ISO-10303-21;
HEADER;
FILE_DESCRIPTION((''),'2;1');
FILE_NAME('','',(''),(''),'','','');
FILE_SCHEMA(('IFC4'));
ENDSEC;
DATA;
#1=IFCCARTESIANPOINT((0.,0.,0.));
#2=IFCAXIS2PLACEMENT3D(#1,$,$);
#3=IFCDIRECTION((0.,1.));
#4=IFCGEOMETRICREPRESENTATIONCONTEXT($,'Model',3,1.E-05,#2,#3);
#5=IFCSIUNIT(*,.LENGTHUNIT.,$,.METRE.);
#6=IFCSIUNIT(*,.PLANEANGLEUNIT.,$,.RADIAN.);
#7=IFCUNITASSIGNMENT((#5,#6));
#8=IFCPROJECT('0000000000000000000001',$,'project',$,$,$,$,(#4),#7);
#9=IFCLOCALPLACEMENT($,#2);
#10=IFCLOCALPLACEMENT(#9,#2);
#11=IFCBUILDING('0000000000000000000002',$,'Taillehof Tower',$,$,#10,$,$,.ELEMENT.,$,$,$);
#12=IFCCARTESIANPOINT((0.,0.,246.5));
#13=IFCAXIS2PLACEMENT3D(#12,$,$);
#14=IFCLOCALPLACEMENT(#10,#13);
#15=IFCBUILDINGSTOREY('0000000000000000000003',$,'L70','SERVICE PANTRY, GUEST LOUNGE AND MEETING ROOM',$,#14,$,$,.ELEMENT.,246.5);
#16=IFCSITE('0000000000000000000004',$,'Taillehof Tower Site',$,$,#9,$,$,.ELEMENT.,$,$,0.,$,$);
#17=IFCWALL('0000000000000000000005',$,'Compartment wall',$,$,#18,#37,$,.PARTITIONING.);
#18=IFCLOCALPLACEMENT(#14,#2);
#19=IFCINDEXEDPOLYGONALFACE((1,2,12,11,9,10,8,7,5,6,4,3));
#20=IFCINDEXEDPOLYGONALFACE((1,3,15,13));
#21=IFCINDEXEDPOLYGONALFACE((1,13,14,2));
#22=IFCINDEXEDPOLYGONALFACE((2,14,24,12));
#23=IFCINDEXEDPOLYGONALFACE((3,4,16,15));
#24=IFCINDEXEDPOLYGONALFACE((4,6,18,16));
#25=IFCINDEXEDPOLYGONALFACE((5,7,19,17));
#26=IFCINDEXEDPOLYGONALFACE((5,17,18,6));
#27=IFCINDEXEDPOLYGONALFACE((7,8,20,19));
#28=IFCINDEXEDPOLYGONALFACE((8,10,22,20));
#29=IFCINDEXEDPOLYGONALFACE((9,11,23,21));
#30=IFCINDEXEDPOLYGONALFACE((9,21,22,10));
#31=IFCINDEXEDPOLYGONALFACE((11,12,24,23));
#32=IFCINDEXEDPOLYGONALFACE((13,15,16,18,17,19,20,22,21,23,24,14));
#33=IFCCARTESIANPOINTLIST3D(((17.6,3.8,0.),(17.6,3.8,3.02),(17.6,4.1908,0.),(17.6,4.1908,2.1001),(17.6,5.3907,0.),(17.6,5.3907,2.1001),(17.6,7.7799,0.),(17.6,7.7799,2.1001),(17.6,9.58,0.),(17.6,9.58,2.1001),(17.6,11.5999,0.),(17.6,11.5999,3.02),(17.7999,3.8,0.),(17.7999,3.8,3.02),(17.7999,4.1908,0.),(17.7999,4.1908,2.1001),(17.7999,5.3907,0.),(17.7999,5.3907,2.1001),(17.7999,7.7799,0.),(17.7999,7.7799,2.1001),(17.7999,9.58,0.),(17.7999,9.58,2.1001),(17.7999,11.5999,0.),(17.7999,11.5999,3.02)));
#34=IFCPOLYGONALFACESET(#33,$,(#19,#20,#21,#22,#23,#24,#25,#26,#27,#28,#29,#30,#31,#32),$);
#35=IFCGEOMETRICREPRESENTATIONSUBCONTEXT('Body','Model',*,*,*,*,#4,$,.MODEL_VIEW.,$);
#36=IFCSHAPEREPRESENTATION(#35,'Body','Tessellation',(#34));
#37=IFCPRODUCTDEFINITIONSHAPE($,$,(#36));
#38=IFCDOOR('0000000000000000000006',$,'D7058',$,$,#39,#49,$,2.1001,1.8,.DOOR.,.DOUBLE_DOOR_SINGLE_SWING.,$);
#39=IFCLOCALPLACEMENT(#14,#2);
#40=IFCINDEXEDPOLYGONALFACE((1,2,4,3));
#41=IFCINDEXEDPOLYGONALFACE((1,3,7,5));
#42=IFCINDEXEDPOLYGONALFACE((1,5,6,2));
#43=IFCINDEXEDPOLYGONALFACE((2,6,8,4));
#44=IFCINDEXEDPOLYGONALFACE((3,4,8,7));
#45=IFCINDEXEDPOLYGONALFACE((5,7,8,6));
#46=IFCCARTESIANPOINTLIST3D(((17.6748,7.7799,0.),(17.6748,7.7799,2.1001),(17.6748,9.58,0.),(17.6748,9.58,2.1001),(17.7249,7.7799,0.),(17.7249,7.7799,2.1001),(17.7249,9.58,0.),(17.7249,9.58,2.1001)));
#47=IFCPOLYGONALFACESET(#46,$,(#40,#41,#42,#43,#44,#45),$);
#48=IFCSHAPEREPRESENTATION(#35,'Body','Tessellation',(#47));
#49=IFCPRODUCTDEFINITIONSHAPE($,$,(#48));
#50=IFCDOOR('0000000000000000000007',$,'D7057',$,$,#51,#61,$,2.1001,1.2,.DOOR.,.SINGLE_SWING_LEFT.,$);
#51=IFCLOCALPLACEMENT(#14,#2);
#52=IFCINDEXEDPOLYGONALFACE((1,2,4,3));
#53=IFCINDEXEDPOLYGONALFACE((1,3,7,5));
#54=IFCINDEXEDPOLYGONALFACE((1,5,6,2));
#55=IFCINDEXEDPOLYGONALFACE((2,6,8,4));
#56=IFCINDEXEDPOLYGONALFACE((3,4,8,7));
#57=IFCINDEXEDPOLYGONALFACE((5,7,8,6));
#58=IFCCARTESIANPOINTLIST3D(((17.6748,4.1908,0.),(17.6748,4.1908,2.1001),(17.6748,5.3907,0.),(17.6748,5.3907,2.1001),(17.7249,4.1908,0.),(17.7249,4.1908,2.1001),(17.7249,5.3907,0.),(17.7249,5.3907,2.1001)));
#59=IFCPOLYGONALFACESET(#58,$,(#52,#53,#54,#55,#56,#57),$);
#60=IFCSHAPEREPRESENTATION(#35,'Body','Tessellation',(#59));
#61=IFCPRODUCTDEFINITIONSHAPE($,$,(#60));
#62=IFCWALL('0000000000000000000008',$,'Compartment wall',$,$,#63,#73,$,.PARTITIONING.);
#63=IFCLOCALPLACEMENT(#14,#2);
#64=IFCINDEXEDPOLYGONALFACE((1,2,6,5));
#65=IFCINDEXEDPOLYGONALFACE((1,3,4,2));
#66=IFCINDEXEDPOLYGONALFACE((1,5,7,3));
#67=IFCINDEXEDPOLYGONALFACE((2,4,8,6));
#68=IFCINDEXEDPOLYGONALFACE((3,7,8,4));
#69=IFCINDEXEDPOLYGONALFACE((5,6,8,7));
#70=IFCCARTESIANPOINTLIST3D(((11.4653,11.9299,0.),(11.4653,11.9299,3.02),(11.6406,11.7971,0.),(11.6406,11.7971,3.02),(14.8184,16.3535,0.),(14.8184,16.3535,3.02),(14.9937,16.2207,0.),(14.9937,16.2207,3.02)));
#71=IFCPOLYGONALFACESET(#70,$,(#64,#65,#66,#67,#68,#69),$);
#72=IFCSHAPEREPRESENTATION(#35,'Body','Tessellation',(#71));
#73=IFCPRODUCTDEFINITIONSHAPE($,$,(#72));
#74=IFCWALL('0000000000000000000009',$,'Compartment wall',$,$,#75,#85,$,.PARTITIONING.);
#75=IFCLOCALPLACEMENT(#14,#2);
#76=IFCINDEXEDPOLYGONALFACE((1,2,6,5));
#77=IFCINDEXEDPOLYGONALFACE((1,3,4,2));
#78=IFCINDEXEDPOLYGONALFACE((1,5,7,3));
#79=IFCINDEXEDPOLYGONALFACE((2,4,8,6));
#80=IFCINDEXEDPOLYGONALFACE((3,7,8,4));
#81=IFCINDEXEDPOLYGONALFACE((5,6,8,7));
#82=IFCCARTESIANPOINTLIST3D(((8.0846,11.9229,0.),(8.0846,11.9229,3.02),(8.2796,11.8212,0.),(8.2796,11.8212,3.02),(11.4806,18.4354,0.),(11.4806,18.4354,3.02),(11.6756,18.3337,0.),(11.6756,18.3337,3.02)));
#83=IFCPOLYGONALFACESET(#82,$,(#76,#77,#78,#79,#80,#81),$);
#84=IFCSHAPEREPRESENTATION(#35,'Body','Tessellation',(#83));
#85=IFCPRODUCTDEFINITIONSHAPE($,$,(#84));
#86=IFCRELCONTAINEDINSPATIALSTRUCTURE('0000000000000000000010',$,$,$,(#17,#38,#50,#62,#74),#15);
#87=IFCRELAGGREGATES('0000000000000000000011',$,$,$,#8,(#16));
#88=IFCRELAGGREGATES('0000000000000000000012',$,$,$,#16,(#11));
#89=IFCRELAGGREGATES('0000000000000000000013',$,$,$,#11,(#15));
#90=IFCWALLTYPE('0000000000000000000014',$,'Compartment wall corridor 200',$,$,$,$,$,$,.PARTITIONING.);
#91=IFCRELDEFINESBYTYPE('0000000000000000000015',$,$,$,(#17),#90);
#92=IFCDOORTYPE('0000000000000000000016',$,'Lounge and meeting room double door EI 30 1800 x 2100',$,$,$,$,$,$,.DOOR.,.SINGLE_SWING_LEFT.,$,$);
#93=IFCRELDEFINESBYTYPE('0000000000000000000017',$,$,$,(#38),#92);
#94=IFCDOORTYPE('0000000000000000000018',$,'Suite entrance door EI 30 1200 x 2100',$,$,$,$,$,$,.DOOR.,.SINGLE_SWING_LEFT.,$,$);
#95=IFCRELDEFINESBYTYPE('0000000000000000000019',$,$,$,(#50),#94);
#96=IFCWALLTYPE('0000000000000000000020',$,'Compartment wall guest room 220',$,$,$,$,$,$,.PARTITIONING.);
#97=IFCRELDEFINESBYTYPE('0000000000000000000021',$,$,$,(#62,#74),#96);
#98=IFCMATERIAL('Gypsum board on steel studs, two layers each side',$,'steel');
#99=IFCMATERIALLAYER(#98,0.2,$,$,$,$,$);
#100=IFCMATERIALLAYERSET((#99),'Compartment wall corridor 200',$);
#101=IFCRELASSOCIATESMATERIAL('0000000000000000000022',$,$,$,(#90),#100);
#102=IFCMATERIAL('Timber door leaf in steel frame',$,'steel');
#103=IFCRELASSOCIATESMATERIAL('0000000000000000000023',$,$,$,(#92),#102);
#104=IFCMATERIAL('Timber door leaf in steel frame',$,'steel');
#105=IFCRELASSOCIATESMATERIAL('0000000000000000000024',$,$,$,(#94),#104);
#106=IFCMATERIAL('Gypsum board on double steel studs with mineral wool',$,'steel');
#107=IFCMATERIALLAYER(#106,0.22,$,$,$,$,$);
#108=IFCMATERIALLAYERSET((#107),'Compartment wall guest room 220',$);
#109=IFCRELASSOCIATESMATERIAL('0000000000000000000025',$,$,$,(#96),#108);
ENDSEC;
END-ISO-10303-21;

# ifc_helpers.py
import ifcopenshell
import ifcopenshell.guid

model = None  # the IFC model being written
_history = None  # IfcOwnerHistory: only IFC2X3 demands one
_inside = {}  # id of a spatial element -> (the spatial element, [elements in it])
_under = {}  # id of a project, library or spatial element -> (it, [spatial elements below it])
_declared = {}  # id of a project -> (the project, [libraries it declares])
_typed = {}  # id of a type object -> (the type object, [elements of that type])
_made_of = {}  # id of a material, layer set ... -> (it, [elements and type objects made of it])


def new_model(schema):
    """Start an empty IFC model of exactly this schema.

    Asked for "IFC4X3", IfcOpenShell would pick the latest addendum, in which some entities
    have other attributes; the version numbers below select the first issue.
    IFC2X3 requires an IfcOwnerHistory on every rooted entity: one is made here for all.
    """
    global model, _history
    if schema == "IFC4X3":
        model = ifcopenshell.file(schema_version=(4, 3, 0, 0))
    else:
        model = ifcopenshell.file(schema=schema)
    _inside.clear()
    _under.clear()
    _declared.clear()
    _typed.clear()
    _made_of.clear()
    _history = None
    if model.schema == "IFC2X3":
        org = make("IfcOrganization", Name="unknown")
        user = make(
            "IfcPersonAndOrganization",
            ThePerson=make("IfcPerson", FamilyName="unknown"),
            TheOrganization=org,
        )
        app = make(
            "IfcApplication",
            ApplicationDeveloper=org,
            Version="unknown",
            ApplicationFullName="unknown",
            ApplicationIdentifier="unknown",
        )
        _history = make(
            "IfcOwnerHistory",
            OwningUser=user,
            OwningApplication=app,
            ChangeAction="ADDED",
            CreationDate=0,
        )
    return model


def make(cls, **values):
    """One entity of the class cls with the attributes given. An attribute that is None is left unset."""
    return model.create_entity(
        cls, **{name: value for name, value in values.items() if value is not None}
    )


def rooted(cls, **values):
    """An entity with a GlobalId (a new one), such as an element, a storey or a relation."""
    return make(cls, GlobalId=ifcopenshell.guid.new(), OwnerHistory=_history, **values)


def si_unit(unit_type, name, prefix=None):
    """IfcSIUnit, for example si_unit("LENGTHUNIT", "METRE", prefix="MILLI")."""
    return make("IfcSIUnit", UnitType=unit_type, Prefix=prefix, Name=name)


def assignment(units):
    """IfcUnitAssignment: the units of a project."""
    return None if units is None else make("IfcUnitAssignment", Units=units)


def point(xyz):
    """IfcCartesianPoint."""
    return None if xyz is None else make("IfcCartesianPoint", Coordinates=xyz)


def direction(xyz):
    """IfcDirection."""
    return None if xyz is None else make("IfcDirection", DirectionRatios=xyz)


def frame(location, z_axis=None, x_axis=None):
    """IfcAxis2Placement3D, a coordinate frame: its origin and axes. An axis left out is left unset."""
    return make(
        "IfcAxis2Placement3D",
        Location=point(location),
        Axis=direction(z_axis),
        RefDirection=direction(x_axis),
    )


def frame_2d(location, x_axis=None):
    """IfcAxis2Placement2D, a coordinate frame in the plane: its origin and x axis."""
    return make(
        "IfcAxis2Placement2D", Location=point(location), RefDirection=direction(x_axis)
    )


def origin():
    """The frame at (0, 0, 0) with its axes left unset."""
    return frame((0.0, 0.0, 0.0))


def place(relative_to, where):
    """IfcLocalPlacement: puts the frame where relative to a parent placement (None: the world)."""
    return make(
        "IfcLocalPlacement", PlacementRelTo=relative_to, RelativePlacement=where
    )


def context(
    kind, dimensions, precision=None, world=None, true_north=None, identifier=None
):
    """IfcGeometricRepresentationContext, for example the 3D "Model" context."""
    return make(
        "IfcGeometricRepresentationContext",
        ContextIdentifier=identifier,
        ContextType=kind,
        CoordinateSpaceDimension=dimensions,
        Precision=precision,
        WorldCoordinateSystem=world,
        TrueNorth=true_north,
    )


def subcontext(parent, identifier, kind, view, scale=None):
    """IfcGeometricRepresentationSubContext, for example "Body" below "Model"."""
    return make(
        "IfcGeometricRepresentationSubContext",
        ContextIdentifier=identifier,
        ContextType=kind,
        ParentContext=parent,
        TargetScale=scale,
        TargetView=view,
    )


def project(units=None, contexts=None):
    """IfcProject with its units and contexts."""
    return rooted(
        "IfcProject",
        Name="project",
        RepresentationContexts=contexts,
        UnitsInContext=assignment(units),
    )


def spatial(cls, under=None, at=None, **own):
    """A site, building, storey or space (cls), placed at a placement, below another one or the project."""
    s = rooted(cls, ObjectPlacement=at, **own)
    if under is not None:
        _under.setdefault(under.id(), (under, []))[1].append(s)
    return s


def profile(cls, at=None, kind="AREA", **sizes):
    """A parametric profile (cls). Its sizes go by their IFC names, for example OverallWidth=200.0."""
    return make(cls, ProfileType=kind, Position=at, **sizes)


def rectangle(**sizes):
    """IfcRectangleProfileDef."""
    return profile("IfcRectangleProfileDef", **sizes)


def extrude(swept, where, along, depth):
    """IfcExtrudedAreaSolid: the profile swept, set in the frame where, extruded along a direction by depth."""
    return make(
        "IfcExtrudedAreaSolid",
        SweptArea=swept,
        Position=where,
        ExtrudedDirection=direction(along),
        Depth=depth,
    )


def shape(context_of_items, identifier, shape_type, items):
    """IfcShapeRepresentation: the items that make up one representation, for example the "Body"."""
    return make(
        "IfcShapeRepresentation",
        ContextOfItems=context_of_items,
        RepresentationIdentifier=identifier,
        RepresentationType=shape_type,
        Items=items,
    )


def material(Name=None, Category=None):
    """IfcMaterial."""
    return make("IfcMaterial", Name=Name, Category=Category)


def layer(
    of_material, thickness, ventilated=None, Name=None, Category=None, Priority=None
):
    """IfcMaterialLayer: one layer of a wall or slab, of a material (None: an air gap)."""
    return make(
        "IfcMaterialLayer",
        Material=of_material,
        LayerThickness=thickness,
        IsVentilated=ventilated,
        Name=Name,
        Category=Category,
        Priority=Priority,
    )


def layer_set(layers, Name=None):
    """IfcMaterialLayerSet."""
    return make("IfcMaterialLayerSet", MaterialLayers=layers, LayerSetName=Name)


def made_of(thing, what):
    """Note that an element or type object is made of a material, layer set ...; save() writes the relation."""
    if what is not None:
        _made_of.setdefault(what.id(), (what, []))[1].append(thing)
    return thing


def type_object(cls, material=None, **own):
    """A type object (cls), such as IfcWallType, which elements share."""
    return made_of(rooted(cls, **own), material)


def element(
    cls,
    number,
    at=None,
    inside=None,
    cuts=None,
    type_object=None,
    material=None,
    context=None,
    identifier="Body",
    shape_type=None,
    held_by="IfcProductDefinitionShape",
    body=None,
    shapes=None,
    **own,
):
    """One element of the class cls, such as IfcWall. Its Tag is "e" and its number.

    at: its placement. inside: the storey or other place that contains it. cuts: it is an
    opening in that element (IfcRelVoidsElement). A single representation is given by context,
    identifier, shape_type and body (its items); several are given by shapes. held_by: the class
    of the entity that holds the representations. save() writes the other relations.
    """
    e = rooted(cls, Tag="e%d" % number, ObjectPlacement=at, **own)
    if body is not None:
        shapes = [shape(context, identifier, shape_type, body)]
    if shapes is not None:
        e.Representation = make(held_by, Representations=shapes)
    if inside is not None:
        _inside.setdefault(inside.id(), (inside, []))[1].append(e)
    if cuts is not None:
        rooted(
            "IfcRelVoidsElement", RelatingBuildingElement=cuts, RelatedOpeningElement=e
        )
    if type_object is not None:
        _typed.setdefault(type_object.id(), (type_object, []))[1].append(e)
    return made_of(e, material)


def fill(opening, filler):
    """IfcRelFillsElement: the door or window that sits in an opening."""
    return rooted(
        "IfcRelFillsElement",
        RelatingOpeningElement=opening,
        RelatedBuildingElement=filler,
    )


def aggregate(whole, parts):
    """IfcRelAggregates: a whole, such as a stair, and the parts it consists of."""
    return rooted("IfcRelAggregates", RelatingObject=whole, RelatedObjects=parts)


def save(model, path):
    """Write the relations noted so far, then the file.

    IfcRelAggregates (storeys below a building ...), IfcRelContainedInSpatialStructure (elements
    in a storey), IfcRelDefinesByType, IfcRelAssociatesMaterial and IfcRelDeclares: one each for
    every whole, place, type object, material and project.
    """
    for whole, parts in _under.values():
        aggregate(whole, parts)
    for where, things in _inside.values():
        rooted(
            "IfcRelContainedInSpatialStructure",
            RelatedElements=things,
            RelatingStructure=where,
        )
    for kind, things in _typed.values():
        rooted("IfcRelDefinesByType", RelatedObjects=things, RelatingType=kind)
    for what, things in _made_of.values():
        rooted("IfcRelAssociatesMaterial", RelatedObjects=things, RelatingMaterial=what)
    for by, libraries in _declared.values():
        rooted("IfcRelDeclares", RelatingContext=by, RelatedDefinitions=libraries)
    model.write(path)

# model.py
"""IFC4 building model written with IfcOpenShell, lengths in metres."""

from ifc_helpers import new_model, si_unit, direction, frame, frame_2d, origin, place, context, subcontext, project, spatial, rectangle, extrude, material, layer, layer_set, type_object, element, fill, save


model = new_model("IFC4")

# Units and contexts
model_context = context("Model", 3, precision=1e-05, world=origin(), true_north=direction((0.0, 1.0)))
body_context = subcontext(model_context, "Body", "Model", "MODEL_VIEW")
ifc_project = project(units=[si_unit("LENGTHUNIT", "METRE"), si_unit("PLANEANGLEUNIT", "RADIAN")], contexts=[model_context])

# Site, building, storey
site_placement = place(None, origin())
site = spatial("IfcSite", under=ifc_project, at=site_placement, Name="Taillehof Tower Site", CompositionType="ELEMENT", RefElevation=0.0)
building_placement = place(site_placement, origin())
building = spatial("IfcBuilding", under=site, at=building_placement, Name="Taillehof Tower", CompositionType="ELEMENT")
storey_placement = place(building_placement, frame((0.0, 0.0, 246.5)))
storey = spatial("IfcBuildingStorey", under=building, at=storey_placement, Name="L70", Description="SERVICE PANTRY, GUEST LOUNGE AND MEETING ROOM", CompositionType="ELEMENT", Elevation=246.5)

# Shared definitions
ifc_material_1 = material(Name="Gypsum board on steel studs, two layers each side", Category="steel")
ifc_layer_1 = layer(ifc_material_1, 0.2)
ifc_layer_set_1 = layer_set([ifc_layer_1], Name="Compartment wall corridor 200")
wall_type_1 = type_object("IfcWallType", Name="Compartment wall corridor 200", PredefinedType="PARTITIONING", material=ifc_layer_set_1)

# Wall, openings, doors
wall_1_placement = place(storey_placement, frame((17.7, 11.5999, 0.0), z_axis=(0.0, 0.0, 1.0), x_axis=(0.0, -1.0, 0.0)))
wall_1 = element("IfcWall", 1, at=wall_1_placement, inside=storey, type_object=wall_type_1, Name="Compartment wall", PredefinedType="PARTITIONING", context=body_context, shape_type="SweptSolid", body=[
    extrude(rectangle(XDim=7.7998, YDim=0.2, at=frame_2d((3.8999, 0.0))), origin(), (0.0, 0.0, 1.0), 3.02),
])
opening_1_placement = place(wall_1_placement, frame((6.209, 0.0, 0.0)))
opening_1 = element("IfcOpeningElement", 2, at=opening_1_placement, cuts=wall_1, PredefinedType="OPENING", context=body_context, shape_type="SweptSolid", body=[
    extrude(rectangle(XDim=1.2, YDim=2.1001, at=frame_2d((0.6001, 1.05))), frame((0.0, 0.1099, 0.0), z_axis=(0.0, -1.0, 0.0), x_axis=(1.0, 0.0, 0.0)), (0.0, 0.0, 1.0), 0.22),
])
opening_2_placement = place(wall_1_placement, frame((2.02, 0.0, 0.0)))
opening_2 = element("IfcOpeningElement", 3, at=opening_2_placement, cuts=wall_1, PredefinedType="OPENING", context=body_context, shape_type="SweptSolid", body=[
    extrude(rectangle(XDim=1.8, YDim=2.1001, at=frame_2d((0.8999, 1.05))), frame((0.0, 0.1099, 0.0), z_axis=(0.0, -1.0, 0.0), x_axis=(1.0, 0.0, 0.0)), (0.0, 0.0, 1.0), 0.22),
])
ifc_material_2 = material(Name="Timber door leaf in steel frame", Category="steel")
door_type_1 = type_object("IfcDoorType", Name="Lounge and meeting room double door EI 30 1800 x 2100", OperationType="SINGLE_SWING_LEFT", PredefinedType="DOOR", material=ifc_material_2)
door_1_placement = place(opening_2_placement, origin())
door_1 = element("IfcDoor", 4, at=door_1_placement, inside=storey, type_object=door_type_1, Name="D7058", OperationType="DOUBLE_DOOR_SINGLE_SWING", OverallHeight=2.1001, OverallWidth=1.8, PredefinedType="DOOR", context=body_context, shape_type="SweptSolid", body=[
    extrude(rectangle(XDim=1.8, YDim=2.1001, at=frame_2d((0.8999, 1.05))), frame((0.0, 0.0249, 0.0), z_axis=(0.0, -1.0, 0.0), x_axis=(1.0, 0.0, 0.0)), (0.0, 0.0, 1.0), 0.05),
])
fill(opening_2, door_1)
ifc_material_3 = material(Name="Timber door leaf in steel frame", Category="steel")
door_type_2 = type_object("IfcDoorType", Name="Suite entrance door EI 30 1200 x 2100", OperationType="SINGLE_SWING_LEFT", PredefinedType="DOOR", material=ifc_material_3)
door_2_placement = place(opening_1_placement, origin())
door_2 = element("IfcDoor", 5, at=door_2_placement, inside=storey, type_object=door_type_2, Name="D7057", OperationType="SINGLE_SWING_LEFT", OverallHeight=2.1001, OverallWidth=1.2, PredefinedType="DOOR", context=body_context, shape_type="SweptSolid", body=[
    extrude(rectangle(XDim=1.2, YDim=2.1001, at=frame_2d((0.6001, 1.05))), frame((0.0, 0.0249, 0.0), z_axis=(0.0, -1.0, 0.0), x_axis=(1.0, 0.0, 0.0)), (0.0, 0.0, 1.0), 0.05),
])
fill(opening_1, door_2)

# Walls
ifc_material_4 = material(Name="Gypsum board on double steel studs with mineral wool", Category="steel")
ifc_layer_2 = layer(ifc_material_4, 0.22)
ifc_layer_set_2 = layer_set([ifc_layer_2], Name="Compartment wall guest room 220")
wall_type_2 = type_object("IfcWallType", Name="Compartment wall guest room 220", PredefinedType="PARTITIONING", material=ifc_layer_set_2)
wall_2_placement = place(storey_placement, frame((14.906, 16.2871, 0.0), z_axis=(0.0, 0.0, 1.0), x_axis=(-0.604067, -0.796934, 0.0)))
element("IfcWall", 6, at=wall_2_placement, inside=storey, type_object=wall_type_2, Name="Compartment wall", PredefinedType="PARTITIONING", context=body_context, shape_type="SweptSolid", body=[
    extrude(rectangle(XDim=5.5508, YDim=0.22, at=frame_2d((2.7754, 0.0))), origin(), (0.0, 0.0, 1.0), 3.02),
])
wall_3_placement = place(storey_placement, frame((11.5781, 18.3845, 0.0), z_axis=(0.0, 0.0, 1.0), x_axis=(-0.462373, -0.886686, 0.0)))
element("IfcWall", 7, at=wall_3_placement, inside=storey, type_object=wall_type_2, Name="Compartment wall", PredefinedType="PARTITIONING", context=body_context, shape_type="SweptSolid", body=[
    extrude(rectangle(XDim=7.3447, YDim=0.22, at=frame_2d((3.6724, 0.0))), origin(), (0.0, 0.0, 1.0), 3.02),
])

save(model, "model.ifc")
